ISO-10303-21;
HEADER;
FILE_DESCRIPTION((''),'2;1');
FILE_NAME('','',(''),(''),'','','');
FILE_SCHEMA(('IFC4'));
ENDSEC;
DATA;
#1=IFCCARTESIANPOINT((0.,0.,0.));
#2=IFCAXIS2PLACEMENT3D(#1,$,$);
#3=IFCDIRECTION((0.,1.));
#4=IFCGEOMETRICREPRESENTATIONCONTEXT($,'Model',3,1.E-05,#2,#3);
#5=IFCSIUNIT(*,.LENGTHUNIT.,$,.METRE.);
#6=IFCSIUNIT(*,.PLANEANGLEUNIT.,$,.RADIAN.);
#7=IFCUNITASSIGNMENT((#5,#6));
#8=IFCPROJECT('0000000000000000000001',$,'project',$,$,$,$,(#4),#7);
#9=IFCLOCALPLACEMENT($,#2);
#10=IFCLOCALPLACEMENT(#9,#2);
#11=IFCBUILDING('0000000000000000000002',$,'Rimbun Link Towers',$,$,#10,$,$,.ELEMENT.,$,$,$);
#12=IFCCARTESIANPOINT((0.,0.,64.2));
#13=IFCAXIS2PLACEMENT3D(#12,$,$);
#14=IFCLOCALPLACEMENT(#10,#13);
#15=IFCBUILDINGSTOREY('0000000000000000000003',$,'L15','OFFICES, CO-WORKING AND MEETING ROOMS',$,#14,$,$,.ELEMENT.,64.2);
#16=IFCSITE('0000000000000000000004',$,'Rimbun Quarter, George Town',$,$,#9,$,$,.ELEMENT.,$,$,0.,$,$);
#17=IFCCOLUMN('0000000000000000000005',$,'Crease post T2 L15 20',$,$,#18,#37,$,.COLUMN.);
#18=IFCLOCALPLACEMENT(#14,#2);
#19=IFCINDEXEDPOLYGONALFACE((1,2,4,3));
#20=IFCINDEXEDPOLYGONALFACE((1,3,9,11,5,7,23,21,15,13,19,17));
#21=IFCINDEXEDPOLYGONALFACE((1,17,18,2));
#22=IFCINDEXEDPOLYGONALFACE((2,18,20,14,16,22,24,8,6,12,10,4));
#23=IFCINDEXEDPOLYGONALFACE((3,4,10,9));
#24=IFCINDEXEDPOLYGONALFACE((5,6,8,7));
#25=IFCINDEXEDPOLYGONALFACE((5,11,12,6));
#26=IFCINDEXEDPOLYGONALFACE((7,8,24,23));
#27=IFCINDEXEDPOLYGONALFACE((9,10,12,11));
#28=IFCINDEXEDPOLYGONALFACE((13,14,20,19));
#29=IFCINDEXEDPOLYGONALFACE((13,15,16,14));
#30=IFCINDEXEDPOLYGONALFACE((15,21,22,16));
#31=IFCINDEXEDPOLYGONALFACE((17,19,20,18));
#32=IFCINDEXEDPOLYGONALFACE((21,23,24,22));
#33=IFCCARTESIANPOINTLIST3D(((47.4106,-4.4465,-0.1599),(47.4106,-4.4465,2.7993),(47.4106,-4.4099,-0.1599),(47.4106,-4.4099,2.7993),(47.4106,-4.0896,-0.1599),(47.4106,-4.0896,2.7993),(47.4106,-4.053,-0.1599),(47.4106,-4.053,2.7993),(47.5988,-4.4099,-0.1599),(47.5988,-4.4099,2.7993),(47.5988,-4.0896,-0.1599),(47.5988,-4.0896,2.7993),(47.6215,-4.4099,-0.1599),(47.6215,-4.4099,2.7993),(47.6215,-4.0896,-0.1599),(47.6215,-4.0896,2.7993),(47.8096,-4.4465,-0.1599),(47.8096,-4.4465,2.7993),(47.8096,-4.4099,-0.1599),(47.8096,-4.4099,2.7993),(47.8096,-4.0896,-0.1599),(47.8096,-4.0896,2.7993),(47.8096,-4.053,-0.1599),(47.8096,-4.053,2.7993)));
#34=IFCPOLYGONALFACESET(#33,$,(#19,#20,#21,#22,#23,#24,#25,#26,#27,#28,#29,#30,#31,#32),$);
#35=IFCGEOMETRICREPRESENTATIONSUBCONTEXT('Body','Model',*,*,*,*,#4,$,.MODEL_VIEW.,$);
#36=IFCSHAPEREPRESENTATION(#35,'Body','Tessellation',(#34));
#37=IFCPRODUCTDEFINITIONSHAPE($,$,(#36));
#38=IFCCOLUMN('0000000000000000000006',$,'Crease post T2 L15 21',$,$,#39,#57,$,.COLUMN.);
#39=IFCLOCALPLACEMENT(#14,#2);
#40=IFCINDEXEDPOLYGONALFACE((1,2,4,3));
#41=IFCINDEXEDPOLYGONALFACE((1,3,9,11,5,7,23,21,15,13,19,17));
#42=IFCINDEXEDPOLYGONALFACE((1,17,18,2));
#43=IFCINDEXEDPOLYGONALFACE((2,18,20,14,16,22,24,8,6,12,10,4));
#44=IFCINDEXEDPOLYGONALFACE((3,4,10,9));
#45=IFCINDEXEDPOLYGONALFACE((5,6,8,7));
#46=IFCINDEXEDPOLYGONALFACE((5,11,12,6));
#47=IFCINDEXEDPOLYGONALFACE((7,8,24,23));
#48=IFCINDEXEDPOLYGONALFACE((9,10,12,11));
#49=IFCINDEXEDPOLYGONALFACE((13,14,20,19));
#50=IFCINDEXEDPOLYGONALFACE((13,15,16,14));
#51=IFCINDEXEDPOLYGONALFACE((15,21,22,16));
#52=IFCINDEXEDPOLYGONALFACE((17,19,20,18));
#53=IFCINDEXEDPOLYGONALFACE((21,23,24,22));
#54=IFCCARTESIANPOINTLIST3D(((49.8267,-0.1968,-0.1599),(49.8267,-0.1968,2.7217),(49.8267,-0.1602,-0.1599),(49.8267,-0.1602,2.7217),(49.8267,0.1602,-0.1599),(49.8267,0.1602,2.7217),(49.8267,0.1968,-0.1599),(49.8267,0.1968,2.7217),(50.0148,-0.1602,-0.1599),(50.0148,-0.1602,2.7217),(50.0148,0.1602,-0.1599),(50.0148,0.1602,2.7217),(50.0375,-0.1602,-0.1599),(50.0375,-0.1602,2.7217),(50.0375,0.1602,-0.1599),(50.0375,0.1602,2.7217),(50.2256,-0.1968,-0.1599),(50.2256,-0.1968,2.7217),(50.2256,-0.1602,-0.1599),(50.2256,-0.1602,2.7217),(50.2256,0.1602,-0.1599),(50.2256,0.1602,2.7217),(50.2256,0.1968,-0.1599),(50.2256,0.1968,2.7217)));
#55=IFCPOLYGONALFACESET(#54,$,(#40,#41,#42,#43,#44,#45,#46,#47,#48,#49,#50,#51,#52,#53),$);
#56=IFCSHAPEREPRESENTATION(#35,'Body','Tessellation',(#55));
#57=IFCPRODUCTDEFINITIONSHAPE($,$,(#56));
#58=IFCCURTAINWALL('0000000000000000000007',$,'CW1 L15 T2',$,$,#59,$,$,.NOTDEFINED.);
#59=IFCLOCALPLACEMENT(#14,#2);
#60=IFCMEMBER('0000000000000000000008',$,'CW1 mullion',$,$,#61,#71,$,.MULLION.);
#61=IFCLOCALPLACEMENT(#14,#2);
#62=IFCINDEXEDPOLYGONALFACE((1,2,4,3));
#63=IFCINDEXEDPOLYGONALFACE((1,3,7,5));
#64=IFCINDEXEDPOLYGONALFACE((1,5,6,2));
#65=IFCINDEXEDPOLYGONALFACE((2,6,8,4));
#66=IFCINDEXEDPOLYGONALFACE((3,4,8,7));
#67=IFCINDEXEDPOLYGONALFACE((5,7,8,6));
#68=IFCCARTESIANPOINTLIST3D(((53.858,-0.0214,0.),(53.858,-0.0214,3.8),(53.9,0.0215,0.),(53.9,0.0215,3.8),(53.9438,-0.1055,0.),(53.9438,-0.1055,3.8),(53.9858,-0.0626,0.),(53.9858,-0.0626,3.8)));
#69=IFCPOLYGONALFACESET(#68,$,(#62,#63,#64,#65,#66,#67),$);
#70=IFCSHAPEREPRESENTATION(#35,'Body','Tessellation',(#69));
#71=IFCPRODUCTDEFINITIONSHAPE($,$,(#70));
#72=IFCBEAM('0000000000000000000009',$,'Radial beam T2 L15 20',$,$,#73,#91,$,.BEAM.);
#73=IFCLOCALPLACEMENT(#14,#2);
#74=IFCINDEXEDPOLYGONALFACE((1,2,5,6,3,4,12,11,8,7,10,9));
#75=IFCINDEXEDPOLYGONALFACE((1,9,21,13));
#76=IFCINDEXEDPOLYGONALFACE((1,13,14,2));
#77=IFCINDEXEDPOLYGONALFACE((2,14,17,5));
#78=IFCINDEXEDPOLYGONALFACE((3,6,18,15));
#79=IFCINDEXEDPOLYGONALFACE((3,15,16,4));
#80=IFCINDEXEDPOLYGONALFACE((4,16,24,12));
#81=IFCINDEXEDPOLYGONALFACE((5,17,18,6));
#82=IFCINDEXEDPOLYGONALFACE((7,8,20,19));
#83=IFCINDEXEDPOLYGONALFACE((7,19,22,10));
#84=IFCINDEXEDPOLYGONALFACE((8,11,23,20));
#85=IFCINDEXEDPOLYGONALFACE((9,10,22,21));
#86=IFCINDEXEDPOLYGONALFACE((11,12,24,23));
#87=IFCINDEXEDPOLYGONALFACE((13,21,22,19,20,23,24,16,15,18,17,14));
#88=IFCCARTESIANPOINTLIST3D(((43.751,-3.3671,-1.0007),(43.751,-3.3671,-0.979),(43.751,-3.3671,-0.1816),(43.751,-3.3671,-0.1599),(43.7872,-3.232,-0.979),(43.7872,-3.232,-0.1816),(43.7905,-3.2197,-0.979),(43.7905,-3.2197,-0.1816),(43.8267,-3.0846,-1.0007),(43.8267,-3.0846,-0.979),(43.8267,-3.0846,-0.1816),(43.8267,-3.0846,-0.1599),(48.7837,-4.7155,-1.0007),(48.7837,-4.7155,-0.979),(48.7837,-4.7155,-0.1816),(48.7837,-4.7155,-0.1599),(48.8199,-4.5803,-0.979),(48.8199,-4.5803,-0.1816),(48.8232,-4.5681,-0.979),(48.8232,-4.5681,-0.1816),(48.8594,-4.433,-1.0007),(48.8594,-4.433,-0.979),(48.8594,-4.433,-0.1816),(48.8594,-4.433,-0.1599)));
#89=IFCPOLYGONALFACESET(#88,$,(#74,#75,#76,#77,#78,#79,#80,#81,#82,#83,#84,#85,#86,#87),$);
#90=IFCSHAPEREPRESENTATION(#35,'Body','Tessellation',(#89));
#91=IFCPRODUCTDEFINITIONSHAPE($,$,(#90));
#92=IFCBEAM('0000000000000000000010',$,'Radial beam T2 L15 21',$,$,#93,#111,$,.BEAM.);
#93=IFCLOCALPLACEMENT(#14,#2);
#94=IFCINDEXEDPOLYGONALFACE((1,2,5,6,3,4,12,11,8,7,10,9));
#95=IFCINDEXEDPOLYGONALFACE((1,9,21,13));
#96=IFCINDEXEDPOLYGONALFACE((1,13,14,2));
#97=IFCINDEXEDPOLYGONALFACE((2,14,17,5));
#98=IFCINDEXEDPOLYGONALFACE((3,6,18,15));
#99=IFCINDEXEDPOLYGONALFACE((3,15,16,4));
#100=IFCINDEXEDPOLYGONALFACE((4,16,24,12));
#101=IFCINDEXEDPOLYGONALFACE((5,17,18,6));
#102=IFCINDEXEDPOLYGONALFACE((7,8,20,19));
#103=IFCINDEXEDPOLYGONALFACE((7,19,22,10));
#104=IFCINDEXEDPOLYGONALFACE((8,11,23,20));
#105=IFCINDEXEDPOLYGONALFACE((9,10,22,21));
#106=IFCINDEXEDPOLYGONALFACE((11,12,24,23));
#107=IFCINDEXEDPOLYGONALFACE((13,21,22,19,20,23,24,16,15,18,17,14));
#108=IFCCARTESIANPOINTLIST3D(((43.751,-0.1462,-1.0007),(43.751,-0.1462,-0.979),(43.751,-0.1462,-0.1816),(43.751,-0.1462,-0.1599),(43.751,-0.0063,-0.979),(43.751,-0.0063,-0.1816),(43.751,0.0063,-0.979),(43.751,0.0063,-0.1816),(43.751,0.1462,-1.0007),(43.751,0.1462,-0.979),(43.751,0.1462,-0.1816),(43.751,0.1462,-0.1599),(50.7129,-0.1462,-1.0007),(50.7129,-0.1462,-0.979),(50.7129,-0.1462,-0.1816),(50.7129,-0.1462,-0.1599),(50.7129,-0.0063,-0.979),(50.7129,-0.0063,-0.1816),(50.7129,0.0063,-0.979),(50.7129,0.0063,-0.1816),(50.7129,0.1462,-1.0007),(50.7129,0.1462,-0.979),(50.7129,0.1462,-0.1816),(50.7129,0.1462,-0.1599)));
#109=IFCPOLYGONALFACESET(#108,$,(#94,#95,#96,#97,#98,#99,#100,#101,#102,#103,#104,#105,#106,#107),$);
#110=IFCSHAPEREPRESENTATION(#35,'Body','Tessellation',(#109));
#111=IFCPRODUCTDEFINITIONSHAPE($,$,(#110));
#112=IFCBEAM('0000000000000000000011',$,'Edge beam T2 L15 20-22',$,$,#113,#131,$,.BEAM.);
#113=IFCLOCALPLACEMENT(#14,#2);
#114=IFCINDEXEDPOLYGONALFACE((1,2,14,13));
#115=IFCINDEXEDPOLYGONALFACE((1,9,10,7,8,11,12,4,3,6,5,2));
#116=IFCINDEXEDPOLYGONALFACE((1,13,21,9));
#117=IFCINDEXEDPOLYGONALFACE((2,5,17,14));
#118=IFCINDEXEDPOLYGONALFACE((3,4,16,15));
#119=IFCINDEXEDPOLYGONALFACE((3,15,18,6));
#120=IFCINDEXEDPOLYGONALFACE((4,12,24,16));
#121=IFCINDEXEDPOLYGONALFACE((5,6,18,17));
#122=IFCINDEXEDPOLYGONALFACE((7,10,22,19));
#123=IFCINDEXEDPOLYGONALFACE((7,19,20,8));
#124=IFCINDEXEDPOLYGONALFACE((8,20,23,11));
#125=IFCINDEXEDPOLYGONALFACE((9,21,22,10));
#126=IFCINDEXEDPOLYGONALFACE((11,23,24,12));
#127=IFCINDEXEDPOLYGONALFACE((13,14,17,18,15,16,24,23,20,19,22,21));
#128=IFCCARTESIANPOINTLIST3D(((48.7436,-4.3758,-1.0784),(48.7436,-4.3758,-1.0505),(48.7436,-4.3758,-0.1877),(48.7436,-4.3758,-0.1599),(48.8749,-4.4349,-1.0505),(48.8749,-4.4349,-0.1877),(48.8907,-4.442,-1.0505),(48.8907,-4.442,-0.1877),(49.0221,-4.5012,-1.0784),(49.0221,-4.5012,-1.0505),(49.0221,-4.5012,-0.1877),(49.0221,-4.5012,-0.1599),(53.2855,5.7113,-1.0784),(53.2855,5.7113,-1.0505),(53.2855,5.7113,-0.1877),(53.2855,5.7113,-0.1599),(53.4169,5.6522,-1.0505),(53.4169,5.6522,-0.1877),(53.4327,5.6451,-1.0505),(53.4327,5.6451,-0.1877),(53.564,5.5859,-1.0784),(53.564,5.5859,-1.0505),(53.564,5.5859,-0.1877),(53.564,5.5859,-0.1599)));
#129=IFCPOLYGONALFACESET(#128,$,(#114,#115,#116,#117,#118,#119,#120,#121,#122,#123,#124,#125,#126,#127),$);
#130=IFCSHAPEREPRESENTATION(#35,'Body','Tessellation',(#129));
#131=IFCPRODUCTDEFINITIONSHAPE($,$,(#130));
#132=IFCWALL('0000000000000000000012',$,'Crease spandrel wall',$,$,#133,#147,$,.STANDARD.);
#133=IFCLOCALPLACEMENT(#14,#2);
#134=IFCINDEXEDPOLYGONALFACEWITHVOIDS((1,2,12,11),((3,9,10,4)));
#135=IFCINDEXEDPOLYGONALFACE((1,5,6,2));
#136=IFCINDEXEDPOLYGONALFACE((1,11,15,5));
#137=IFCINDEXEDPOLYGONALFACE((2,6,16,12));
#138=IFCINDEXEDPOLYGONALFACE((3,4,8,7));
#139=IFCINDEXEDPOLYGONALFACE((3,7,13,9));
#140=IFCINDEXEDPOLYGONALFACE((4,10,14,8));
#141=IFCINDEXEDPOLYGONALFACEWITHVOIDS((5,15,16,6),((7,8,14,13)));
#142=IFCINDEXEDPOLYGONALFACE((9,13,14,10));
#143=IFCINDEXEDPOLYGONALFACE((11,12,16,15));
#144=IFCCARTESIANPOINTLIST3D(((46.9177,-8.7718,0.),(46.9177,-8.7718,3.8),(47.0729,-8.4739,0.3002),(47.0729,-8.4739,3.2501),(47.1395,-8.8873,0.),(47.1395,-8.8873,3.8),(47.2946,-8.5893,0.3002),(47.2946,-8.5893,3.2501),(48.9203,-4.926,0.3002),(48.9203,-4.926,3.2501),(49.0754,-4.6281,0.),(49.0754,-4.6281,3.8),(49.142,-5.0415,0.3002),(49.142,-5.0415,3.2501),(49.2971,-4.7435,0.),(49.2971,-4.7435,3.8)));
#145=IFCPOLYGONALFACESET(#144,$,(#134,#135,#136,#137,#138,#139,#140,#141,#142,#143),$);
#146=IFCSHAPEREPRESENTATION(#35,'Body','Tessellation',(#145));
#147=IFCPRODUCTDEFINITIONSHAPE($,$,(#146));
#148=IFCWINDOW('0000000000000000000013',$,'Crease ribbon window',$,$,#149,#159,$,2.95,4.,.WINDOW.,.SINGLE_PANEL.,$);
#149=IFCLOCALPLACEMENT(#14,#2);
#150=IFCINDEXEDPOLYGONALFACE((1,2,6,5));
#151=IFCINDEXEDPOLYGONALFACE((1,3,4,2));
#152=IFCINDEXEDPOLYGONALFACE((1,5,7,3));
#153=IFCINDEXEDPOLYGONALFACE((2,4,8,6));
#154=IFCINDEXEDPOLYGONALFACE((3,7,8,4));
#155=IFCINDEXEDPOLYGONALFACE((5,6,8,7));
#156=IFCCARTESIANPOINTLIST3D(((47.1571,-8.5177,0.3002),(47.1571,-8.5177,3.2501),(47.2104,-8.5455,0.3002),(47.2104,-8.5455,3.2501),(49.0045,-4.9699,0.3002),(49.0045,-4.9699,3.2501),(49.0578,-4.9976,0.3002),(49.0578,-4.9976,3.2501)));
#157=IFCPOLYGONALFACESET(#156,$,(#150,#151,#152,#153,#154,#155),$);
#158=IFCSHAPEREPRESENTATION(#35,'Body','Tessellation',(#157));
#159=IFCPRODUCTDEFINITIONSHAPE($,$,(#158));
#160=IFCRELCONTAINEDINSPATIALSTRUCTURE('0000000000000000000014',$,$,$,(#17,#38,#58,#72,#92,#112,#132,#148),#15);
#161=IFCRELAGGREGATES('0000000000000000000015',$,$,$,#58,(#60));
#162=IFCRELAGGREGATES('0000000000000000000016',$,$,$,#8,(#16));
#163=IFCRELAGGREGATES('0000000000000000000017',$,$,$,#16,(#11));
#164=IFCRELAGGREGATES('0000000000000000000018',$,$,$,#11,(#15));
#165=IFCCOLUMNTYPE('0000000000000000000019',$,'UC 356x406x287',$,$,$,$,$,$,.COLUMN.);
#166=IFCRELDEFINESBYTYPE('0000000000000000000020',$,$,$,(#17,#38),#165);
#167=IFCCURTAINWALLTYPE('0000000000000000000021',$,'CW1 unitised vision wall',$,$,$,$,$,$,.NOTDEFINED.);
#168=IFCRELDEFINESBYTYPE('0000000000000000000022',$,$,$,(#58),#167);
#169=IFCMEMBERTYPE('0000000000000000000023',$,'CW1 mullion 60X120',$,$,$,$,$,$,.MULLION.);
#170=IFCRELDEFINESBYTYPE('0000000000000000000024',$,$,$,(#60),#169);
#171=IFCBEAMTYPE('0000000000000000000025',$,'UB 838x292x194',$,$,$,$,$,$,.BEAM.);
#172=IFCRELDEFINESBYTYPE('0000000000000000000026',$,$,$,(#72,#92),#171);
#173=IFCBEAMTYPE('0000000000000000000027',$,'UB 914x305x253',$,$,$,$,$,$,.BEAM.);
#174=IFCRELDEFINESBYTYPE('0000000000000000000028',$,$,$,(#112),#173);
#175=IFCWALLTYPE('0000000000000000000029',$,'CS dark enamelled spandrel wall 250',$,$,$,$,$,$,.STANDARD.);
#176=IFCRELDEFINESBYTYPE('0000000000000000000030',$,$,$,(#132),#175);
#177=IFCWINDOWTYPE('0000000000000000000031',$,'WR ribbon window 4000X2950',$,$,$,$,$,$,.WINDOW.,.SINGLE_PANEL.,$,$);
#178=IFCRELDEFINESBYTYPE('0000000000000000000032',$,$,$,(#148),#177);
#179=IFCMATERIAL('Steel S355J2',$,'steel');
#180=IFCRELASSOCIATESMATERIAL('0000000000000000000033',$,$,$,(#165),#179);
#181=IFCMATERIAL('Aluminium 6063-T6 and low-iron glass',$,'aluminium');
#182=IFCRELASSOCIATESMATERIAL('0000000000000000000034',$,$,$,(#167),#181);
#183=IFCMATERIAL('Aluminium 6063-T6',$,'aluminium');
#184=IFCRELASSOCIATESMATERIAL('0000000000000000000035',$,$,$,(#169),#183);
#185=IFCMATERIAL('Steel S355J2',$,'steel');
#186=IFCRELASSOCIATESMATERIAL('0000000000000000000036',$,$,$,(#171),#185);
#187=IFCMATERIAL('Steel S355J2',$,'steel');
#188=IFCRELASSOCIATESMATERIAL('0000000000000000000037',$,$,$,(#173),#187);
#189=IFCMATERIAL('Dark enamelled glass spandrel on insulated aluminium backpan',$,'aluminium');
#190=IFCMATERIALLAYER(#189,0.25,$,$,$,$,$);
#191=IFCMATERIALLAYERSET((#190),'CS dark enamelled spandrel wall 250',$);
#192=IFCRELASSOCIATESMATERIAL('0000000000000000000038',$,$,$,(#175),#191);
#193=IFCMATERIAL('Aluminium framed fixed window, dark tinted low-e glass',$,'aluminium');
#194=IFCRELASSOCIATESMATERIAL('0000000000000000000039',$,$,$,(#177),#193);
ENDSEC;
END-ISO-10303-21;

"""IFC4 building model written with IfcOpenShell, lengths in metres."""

from ifc_helpers import new_model, si_unit, direction, frame, frame_2d, origin, origin_2d, place, context, subcontext, project, spatial, rectangle, i_section, extrude, material, layer, layer_set, material_profile, profile_set, type_object, element, fill, aggregate, save


model = new_model("IFC4")

# Units and contexts
model_context = context("Model", 3, precision=1e-05, world=origin(), true_north=direction((0.0, 1.0)))
body_context = subcontext(model_context, "Body", "Model", "MODEL_VIEW")
ifc_project = project(units=[si_unit("LENGTHUNIT", "METRE"), si_unit("PLANEANGLEUNIT", "RADIAN")], contexts=[model_context])

# Site, building, storey
site_placement = place(None, origin())
site = spatial("IfcSite", under=ifc_project, at=site_placement, Name="Rimbun Quarter, George Town", CompositionType="ELEMENT", RefElevation=0.0)
building_placement = place(site_placement, origin())
building = spatial("IfcBuilding", under=site, at=building_placement, Name="Rimbun Link Towers", CompositionType="ELEMENT")
storey_placement = place(building_placement, frame((0.0, 0.0, 64.2)))
storey = spatial("IfcBuildingStorey", under=building, at=storey_placement, Name="L15", Description="OFFICES, CO-WORKING AND MEETING ROOMS", CompositionType="ELEMENT", Elevation=64.2)

# Columns
ifc_material_1 = material(Name="Steel S355J2", Category="steel")
ifc_material_profile_1 = material_profile(ifc_material_1, i_section(OverallWidth=0.3989, OverallDepth=0.3936, WebThickness=0.0227, FlangeThickness=0.0366, at=origin_2d()), Name="UC 356x406x287")
ifc_profile_set_1 = profile_set([ifc_material_profile_1], Name="Steel S355J2")
column_type = type_object("IfcColumnType", Name="UC 356x406x287", PredefinedType="COLUMN", material=ifc_profile_set_1)
column_1_placement = place(storey_placement, frame((47.6101, -4.2498, -0.1599), z_axis=(0.0, 0.0, 1.0), x_axis=(1.0, 0.0, 0.0)))
element("IfcColumn", 1, at=column_1_placement, inside=storey, type_object=column_type, Name="Crease post T2 L15 20", PredefinedType="COLUMN", context=body_context, shape_type="SweptSolid", body=[
    extrude(i_section(OverallWidth=0.3989, OverallDepth=0.3936, WebThickness=0.0227, FlangeThickness=0.0366, at=origin_2d()), origin(), (0.0, 0.0, 1.0), 2.9592),
])
column_2_placement = place(storey_placement, frame((50.0261, 0.0, -0.1599), z_axis=(0.0, 0.0, 1.0), x_axis=(1.0, 0.0, 0.0)))
element("IfcColumn", 2, at=column_2_placement, inside=storey, type_object=column_type, Name="Crease post T2 L15 21", PredefinedType="COLUMN", context=body_context, shape_type="SweptSolid", body=[
    extrude(i_section(OverallWidth=0.3989, OverallDepth=0.3936, WebThickness=0.0227, FlangeThickness=0.0366, at=origin_2d()), origin(), (0.0, 0.0, 1.0), 2.8816),
])

# Curtain wall, member
ifc_material_2 = material(Name="Aluminium 6063-T6 and low-iron glass", Category="aluminium")
curtain_wall_type = type_object("IfcCurtainWallType", Name="CW1 unitised vision wall", PredefinedType="NOTDEFINED", material=ifc_material_2)
curtain_wall_placement = place(storey_placement, origin())
curtain_wall = element("IfcCurtainWall", 3, at=curtain_wall_placement, inside=storey, type_object=curtain_wall_type, Name="CW1 L15 T2", PredefinedType="NOTDEFINED")
ifc_material_3 = material(Name="Aluminium 6063-T6", Category="aluminium")
ifc_material_profile_2 = material_profile(ifc_material_3, rectangle(XDim=0.1201, YDim=0.0601, at=origin_2d()), Name="MULLION 60X120")
ifc_profile_set_2 = profile_set([ifc_material_profile_2], Name="Aluminium 6063-T6")
member_type = type_object("IfcMemberType", Name="CW1 mullion 60X120", PredefinedType="MULLION", material=ifc_profile_set_2)
member_placement = place(storey_placement, frame((53.9219, -0.042, 0.0), z_axis=(0.0, 0.0, 1.0), x_axis=(0.714514, -0.699621, 0.0)))
member = element("IfcMember", 4, at=member_placement, type_object=member_type, Name="CW1 mullion", PredefinedType="MULLION", context=body_context, shape_type="SweptSolid", body=[
    extrude(rectangle(XDim=0.1201, YDim=0.0601, at=origin_2d()), origin(), (0.0, 0.0, 1.0), 3.8),
])
aggregate(curtain_wall, [member])

# Beams
ifc_material_4 = material(Name="Steel S355J2", Category="steel")
ifc_material_profile_3 = material_profile(ifc_material_4, i_section(OverallWidth=0.2925, OverallDepth=0.8408, WebThickness=0.0127, FlangeThickness=0.0217, at=origin_2d()), Name="UB 838x292x194")
ifc_profile_set_3 = profile_set([ifc_material_profile_3], Name="Steel S355J2")
beam_type_1 = type_object("IfcBeamType", Name="UB 838x292x194", PredefinedType="BEAM", material=ifc_profile_set_3)
beam_1_placement = place(storey_placement, frame((43.7888, -3.2258, -0.5803), z_axis=(0.965932, -0.258797, 0.0), x_axis=(0.258797, 0.965932, 0.0)))
element("IfcBeam", 5, at=beam_1_placement, inside=storey, type_object=beam_type_1, Name="Radial beam T2 L15 20", PredefinedType="BEAM", context=body_context, shape_type="SweptSolid", body=[
    extrude(i_section(OverallWidth=0.2925, OverallDepth=0.8408, WebThickness=0.0127, FlangeThickness=0.0217, at=origin_2d()), origin(), (0.0, 0.0, 1.0), 5.2102),
])
beam_2_placement = place(storey_placement, frame((43.751, 0.0, -0.5803), z_axis=(1.0, 0.0, 0.0), x_axis=(0.0, 1.0, 0.0)))
element("IfcBeam", 6, at=beam_2_placement, inside=storey, type_object=beam_type_1, Name="Radial beam T2 L15 21", PredefinedType="BEAM", context=body_context, shape_type="SweptSolid", body=[
    extrude(i_section(OverallWidth=0.2925, OverallDepth=0.8408, WebThickness=0.0127, FlangeThickness=0.0217, at=origin_2d()), origin(), (0.0, 0.0, 1.0), 6.9619),
])
ifc_material_5 = material(Name="Steel S355J2", Category="steel")
ifc_material_profile_4 = material_profile(ifc_material_5, i_section(OverallWidth=0.3054, OverallDepth=0.9185, WebThickness=0.0173, FlangeThickness=0.0278, at=origin_2d()), Name="UB 914x305x253")
ifc_profile_set_4 = profile_set([ifc_material_profile_4], Name="Steel S355J2")
beam_type_2 = type_object("IfcBeamType", Name="UB 914x305x253", PredefinedType="BEAM", material=ifc_profile_set_4)
beam_3_placement = place(storey_placement, frame((48.8828, -4.4385, -0.6191), z_axis=(0.410573, 0.911828, 0.0), x_axis=(-0.911828, 0.410573, 0.0)))
element("IfcBeam", 7, at=beam_3_placement, inside=storey, type_object=beam_type_2, Name="Edge beam T2 L15 20-22", PredefinedType="BEAM", context=body_context, shape_type="SweptSolid", body=[
    extrude(i_section(OverallWidth=0.3054, OverallDepth=0.9185, WebThickness=0.0173, FlangeThickness=0.0278, at=origin_2d()), origin(), (0.0, 0.0, 1.0), 11.0625),
])

# Wall, opening, window
ifc_material_6 = material(Name="Dark enamelled glass spandrel on insulated aluminium backpan", Category="aluminium")
ifc_layer_1 = layer(ifc_material_6, 0.25)
ifc_layer_set_1 = layer_set([ifc_layer_1], Name="CS dark enamelled spandrel wall 250")
wall_type_1 = type_object("IfcWallType", Name="CS dark enamelled spandrel wall 250", PredefinedType="STANDARD", material=ifc_layer_set_1)
wall_1_placement = place(storey_placement, frame((49.1863, -4.6858, 0.0), z_axis=(0.0, 0.0, 1.0), x_axis=(-0.461848, -0.886959, 0.0)))
wall_1 = element("IfcWall", 8, at=wall_1_placement, inside=storey, type_object=wall_type_1, Name="Crease spandrel wall", PredefinedType="STANDARD", context=body_context, shape_type="SweptSolid", body=[
    extrude(rectangle(XDim=4.6719, YDim=0.25, at=frame_2d((2.3359, 0.0))), origin(), (0.0, 0.0, 1.0), 3.8),
])
opening_1_placement = place(wall_1_placement, frame((0.3359, 0.0, 0.3)))
opening_1 = element("IfcOpeningElement", 9, at=opening_1_placement, cuts=wall_1, PredefinedType="OPENING", context=body_context, shape_type="SweptSolid", body=[
    extrude(rectangle(XDim=4.0, YDim=2.95, at=frame_2d((2.0, 1.4751))), frame((0.0, 0.135, 0.0), z_axis=(0.0, -1.0, 0.0), x_axis=(1.0, 0.0, 0.0)), (0.0, 0.0, 1.0), 0.27),
])
ifc_material_7 = material(Name="Aluminium framed fixed window, dark tinted low-e glass", Category="aluminium")
window_type_1 = type_object("IfcWindowType", Name="WR ribbon window 4000X2950", PartitioningType="SINGLE_PANEL", PredefinedType="WINDOW", material=ifc_material_7)
window_1_placement = place(opening_1_placement, origin())
window_1 = element("IfcWindow", 10, at=window_1_placement, inside=storey, type_object=window_type_1, Name="Crease ribbon window", OverallHeight=2.95, OverallWidth=4.0, PartitioningType="SINGLE_PANEL", PredefinedType="WINDOW", context=body_context, shape_type="SweptSolid", body=[
    extrude(rectangle(XDim=4.0, YDim=2.95, at=frame_2d((2.0, 1.4751))), frame((0.0, 0.03, 0.0), z_axis=(0.0, -1.0, 0.0), x_axis=(1.0, 0.0, 0.0)), (0.0, 0.0, 1.0), 0.0601),
])
fill(opening_1, window_1)

save(model, "model.ifc")
